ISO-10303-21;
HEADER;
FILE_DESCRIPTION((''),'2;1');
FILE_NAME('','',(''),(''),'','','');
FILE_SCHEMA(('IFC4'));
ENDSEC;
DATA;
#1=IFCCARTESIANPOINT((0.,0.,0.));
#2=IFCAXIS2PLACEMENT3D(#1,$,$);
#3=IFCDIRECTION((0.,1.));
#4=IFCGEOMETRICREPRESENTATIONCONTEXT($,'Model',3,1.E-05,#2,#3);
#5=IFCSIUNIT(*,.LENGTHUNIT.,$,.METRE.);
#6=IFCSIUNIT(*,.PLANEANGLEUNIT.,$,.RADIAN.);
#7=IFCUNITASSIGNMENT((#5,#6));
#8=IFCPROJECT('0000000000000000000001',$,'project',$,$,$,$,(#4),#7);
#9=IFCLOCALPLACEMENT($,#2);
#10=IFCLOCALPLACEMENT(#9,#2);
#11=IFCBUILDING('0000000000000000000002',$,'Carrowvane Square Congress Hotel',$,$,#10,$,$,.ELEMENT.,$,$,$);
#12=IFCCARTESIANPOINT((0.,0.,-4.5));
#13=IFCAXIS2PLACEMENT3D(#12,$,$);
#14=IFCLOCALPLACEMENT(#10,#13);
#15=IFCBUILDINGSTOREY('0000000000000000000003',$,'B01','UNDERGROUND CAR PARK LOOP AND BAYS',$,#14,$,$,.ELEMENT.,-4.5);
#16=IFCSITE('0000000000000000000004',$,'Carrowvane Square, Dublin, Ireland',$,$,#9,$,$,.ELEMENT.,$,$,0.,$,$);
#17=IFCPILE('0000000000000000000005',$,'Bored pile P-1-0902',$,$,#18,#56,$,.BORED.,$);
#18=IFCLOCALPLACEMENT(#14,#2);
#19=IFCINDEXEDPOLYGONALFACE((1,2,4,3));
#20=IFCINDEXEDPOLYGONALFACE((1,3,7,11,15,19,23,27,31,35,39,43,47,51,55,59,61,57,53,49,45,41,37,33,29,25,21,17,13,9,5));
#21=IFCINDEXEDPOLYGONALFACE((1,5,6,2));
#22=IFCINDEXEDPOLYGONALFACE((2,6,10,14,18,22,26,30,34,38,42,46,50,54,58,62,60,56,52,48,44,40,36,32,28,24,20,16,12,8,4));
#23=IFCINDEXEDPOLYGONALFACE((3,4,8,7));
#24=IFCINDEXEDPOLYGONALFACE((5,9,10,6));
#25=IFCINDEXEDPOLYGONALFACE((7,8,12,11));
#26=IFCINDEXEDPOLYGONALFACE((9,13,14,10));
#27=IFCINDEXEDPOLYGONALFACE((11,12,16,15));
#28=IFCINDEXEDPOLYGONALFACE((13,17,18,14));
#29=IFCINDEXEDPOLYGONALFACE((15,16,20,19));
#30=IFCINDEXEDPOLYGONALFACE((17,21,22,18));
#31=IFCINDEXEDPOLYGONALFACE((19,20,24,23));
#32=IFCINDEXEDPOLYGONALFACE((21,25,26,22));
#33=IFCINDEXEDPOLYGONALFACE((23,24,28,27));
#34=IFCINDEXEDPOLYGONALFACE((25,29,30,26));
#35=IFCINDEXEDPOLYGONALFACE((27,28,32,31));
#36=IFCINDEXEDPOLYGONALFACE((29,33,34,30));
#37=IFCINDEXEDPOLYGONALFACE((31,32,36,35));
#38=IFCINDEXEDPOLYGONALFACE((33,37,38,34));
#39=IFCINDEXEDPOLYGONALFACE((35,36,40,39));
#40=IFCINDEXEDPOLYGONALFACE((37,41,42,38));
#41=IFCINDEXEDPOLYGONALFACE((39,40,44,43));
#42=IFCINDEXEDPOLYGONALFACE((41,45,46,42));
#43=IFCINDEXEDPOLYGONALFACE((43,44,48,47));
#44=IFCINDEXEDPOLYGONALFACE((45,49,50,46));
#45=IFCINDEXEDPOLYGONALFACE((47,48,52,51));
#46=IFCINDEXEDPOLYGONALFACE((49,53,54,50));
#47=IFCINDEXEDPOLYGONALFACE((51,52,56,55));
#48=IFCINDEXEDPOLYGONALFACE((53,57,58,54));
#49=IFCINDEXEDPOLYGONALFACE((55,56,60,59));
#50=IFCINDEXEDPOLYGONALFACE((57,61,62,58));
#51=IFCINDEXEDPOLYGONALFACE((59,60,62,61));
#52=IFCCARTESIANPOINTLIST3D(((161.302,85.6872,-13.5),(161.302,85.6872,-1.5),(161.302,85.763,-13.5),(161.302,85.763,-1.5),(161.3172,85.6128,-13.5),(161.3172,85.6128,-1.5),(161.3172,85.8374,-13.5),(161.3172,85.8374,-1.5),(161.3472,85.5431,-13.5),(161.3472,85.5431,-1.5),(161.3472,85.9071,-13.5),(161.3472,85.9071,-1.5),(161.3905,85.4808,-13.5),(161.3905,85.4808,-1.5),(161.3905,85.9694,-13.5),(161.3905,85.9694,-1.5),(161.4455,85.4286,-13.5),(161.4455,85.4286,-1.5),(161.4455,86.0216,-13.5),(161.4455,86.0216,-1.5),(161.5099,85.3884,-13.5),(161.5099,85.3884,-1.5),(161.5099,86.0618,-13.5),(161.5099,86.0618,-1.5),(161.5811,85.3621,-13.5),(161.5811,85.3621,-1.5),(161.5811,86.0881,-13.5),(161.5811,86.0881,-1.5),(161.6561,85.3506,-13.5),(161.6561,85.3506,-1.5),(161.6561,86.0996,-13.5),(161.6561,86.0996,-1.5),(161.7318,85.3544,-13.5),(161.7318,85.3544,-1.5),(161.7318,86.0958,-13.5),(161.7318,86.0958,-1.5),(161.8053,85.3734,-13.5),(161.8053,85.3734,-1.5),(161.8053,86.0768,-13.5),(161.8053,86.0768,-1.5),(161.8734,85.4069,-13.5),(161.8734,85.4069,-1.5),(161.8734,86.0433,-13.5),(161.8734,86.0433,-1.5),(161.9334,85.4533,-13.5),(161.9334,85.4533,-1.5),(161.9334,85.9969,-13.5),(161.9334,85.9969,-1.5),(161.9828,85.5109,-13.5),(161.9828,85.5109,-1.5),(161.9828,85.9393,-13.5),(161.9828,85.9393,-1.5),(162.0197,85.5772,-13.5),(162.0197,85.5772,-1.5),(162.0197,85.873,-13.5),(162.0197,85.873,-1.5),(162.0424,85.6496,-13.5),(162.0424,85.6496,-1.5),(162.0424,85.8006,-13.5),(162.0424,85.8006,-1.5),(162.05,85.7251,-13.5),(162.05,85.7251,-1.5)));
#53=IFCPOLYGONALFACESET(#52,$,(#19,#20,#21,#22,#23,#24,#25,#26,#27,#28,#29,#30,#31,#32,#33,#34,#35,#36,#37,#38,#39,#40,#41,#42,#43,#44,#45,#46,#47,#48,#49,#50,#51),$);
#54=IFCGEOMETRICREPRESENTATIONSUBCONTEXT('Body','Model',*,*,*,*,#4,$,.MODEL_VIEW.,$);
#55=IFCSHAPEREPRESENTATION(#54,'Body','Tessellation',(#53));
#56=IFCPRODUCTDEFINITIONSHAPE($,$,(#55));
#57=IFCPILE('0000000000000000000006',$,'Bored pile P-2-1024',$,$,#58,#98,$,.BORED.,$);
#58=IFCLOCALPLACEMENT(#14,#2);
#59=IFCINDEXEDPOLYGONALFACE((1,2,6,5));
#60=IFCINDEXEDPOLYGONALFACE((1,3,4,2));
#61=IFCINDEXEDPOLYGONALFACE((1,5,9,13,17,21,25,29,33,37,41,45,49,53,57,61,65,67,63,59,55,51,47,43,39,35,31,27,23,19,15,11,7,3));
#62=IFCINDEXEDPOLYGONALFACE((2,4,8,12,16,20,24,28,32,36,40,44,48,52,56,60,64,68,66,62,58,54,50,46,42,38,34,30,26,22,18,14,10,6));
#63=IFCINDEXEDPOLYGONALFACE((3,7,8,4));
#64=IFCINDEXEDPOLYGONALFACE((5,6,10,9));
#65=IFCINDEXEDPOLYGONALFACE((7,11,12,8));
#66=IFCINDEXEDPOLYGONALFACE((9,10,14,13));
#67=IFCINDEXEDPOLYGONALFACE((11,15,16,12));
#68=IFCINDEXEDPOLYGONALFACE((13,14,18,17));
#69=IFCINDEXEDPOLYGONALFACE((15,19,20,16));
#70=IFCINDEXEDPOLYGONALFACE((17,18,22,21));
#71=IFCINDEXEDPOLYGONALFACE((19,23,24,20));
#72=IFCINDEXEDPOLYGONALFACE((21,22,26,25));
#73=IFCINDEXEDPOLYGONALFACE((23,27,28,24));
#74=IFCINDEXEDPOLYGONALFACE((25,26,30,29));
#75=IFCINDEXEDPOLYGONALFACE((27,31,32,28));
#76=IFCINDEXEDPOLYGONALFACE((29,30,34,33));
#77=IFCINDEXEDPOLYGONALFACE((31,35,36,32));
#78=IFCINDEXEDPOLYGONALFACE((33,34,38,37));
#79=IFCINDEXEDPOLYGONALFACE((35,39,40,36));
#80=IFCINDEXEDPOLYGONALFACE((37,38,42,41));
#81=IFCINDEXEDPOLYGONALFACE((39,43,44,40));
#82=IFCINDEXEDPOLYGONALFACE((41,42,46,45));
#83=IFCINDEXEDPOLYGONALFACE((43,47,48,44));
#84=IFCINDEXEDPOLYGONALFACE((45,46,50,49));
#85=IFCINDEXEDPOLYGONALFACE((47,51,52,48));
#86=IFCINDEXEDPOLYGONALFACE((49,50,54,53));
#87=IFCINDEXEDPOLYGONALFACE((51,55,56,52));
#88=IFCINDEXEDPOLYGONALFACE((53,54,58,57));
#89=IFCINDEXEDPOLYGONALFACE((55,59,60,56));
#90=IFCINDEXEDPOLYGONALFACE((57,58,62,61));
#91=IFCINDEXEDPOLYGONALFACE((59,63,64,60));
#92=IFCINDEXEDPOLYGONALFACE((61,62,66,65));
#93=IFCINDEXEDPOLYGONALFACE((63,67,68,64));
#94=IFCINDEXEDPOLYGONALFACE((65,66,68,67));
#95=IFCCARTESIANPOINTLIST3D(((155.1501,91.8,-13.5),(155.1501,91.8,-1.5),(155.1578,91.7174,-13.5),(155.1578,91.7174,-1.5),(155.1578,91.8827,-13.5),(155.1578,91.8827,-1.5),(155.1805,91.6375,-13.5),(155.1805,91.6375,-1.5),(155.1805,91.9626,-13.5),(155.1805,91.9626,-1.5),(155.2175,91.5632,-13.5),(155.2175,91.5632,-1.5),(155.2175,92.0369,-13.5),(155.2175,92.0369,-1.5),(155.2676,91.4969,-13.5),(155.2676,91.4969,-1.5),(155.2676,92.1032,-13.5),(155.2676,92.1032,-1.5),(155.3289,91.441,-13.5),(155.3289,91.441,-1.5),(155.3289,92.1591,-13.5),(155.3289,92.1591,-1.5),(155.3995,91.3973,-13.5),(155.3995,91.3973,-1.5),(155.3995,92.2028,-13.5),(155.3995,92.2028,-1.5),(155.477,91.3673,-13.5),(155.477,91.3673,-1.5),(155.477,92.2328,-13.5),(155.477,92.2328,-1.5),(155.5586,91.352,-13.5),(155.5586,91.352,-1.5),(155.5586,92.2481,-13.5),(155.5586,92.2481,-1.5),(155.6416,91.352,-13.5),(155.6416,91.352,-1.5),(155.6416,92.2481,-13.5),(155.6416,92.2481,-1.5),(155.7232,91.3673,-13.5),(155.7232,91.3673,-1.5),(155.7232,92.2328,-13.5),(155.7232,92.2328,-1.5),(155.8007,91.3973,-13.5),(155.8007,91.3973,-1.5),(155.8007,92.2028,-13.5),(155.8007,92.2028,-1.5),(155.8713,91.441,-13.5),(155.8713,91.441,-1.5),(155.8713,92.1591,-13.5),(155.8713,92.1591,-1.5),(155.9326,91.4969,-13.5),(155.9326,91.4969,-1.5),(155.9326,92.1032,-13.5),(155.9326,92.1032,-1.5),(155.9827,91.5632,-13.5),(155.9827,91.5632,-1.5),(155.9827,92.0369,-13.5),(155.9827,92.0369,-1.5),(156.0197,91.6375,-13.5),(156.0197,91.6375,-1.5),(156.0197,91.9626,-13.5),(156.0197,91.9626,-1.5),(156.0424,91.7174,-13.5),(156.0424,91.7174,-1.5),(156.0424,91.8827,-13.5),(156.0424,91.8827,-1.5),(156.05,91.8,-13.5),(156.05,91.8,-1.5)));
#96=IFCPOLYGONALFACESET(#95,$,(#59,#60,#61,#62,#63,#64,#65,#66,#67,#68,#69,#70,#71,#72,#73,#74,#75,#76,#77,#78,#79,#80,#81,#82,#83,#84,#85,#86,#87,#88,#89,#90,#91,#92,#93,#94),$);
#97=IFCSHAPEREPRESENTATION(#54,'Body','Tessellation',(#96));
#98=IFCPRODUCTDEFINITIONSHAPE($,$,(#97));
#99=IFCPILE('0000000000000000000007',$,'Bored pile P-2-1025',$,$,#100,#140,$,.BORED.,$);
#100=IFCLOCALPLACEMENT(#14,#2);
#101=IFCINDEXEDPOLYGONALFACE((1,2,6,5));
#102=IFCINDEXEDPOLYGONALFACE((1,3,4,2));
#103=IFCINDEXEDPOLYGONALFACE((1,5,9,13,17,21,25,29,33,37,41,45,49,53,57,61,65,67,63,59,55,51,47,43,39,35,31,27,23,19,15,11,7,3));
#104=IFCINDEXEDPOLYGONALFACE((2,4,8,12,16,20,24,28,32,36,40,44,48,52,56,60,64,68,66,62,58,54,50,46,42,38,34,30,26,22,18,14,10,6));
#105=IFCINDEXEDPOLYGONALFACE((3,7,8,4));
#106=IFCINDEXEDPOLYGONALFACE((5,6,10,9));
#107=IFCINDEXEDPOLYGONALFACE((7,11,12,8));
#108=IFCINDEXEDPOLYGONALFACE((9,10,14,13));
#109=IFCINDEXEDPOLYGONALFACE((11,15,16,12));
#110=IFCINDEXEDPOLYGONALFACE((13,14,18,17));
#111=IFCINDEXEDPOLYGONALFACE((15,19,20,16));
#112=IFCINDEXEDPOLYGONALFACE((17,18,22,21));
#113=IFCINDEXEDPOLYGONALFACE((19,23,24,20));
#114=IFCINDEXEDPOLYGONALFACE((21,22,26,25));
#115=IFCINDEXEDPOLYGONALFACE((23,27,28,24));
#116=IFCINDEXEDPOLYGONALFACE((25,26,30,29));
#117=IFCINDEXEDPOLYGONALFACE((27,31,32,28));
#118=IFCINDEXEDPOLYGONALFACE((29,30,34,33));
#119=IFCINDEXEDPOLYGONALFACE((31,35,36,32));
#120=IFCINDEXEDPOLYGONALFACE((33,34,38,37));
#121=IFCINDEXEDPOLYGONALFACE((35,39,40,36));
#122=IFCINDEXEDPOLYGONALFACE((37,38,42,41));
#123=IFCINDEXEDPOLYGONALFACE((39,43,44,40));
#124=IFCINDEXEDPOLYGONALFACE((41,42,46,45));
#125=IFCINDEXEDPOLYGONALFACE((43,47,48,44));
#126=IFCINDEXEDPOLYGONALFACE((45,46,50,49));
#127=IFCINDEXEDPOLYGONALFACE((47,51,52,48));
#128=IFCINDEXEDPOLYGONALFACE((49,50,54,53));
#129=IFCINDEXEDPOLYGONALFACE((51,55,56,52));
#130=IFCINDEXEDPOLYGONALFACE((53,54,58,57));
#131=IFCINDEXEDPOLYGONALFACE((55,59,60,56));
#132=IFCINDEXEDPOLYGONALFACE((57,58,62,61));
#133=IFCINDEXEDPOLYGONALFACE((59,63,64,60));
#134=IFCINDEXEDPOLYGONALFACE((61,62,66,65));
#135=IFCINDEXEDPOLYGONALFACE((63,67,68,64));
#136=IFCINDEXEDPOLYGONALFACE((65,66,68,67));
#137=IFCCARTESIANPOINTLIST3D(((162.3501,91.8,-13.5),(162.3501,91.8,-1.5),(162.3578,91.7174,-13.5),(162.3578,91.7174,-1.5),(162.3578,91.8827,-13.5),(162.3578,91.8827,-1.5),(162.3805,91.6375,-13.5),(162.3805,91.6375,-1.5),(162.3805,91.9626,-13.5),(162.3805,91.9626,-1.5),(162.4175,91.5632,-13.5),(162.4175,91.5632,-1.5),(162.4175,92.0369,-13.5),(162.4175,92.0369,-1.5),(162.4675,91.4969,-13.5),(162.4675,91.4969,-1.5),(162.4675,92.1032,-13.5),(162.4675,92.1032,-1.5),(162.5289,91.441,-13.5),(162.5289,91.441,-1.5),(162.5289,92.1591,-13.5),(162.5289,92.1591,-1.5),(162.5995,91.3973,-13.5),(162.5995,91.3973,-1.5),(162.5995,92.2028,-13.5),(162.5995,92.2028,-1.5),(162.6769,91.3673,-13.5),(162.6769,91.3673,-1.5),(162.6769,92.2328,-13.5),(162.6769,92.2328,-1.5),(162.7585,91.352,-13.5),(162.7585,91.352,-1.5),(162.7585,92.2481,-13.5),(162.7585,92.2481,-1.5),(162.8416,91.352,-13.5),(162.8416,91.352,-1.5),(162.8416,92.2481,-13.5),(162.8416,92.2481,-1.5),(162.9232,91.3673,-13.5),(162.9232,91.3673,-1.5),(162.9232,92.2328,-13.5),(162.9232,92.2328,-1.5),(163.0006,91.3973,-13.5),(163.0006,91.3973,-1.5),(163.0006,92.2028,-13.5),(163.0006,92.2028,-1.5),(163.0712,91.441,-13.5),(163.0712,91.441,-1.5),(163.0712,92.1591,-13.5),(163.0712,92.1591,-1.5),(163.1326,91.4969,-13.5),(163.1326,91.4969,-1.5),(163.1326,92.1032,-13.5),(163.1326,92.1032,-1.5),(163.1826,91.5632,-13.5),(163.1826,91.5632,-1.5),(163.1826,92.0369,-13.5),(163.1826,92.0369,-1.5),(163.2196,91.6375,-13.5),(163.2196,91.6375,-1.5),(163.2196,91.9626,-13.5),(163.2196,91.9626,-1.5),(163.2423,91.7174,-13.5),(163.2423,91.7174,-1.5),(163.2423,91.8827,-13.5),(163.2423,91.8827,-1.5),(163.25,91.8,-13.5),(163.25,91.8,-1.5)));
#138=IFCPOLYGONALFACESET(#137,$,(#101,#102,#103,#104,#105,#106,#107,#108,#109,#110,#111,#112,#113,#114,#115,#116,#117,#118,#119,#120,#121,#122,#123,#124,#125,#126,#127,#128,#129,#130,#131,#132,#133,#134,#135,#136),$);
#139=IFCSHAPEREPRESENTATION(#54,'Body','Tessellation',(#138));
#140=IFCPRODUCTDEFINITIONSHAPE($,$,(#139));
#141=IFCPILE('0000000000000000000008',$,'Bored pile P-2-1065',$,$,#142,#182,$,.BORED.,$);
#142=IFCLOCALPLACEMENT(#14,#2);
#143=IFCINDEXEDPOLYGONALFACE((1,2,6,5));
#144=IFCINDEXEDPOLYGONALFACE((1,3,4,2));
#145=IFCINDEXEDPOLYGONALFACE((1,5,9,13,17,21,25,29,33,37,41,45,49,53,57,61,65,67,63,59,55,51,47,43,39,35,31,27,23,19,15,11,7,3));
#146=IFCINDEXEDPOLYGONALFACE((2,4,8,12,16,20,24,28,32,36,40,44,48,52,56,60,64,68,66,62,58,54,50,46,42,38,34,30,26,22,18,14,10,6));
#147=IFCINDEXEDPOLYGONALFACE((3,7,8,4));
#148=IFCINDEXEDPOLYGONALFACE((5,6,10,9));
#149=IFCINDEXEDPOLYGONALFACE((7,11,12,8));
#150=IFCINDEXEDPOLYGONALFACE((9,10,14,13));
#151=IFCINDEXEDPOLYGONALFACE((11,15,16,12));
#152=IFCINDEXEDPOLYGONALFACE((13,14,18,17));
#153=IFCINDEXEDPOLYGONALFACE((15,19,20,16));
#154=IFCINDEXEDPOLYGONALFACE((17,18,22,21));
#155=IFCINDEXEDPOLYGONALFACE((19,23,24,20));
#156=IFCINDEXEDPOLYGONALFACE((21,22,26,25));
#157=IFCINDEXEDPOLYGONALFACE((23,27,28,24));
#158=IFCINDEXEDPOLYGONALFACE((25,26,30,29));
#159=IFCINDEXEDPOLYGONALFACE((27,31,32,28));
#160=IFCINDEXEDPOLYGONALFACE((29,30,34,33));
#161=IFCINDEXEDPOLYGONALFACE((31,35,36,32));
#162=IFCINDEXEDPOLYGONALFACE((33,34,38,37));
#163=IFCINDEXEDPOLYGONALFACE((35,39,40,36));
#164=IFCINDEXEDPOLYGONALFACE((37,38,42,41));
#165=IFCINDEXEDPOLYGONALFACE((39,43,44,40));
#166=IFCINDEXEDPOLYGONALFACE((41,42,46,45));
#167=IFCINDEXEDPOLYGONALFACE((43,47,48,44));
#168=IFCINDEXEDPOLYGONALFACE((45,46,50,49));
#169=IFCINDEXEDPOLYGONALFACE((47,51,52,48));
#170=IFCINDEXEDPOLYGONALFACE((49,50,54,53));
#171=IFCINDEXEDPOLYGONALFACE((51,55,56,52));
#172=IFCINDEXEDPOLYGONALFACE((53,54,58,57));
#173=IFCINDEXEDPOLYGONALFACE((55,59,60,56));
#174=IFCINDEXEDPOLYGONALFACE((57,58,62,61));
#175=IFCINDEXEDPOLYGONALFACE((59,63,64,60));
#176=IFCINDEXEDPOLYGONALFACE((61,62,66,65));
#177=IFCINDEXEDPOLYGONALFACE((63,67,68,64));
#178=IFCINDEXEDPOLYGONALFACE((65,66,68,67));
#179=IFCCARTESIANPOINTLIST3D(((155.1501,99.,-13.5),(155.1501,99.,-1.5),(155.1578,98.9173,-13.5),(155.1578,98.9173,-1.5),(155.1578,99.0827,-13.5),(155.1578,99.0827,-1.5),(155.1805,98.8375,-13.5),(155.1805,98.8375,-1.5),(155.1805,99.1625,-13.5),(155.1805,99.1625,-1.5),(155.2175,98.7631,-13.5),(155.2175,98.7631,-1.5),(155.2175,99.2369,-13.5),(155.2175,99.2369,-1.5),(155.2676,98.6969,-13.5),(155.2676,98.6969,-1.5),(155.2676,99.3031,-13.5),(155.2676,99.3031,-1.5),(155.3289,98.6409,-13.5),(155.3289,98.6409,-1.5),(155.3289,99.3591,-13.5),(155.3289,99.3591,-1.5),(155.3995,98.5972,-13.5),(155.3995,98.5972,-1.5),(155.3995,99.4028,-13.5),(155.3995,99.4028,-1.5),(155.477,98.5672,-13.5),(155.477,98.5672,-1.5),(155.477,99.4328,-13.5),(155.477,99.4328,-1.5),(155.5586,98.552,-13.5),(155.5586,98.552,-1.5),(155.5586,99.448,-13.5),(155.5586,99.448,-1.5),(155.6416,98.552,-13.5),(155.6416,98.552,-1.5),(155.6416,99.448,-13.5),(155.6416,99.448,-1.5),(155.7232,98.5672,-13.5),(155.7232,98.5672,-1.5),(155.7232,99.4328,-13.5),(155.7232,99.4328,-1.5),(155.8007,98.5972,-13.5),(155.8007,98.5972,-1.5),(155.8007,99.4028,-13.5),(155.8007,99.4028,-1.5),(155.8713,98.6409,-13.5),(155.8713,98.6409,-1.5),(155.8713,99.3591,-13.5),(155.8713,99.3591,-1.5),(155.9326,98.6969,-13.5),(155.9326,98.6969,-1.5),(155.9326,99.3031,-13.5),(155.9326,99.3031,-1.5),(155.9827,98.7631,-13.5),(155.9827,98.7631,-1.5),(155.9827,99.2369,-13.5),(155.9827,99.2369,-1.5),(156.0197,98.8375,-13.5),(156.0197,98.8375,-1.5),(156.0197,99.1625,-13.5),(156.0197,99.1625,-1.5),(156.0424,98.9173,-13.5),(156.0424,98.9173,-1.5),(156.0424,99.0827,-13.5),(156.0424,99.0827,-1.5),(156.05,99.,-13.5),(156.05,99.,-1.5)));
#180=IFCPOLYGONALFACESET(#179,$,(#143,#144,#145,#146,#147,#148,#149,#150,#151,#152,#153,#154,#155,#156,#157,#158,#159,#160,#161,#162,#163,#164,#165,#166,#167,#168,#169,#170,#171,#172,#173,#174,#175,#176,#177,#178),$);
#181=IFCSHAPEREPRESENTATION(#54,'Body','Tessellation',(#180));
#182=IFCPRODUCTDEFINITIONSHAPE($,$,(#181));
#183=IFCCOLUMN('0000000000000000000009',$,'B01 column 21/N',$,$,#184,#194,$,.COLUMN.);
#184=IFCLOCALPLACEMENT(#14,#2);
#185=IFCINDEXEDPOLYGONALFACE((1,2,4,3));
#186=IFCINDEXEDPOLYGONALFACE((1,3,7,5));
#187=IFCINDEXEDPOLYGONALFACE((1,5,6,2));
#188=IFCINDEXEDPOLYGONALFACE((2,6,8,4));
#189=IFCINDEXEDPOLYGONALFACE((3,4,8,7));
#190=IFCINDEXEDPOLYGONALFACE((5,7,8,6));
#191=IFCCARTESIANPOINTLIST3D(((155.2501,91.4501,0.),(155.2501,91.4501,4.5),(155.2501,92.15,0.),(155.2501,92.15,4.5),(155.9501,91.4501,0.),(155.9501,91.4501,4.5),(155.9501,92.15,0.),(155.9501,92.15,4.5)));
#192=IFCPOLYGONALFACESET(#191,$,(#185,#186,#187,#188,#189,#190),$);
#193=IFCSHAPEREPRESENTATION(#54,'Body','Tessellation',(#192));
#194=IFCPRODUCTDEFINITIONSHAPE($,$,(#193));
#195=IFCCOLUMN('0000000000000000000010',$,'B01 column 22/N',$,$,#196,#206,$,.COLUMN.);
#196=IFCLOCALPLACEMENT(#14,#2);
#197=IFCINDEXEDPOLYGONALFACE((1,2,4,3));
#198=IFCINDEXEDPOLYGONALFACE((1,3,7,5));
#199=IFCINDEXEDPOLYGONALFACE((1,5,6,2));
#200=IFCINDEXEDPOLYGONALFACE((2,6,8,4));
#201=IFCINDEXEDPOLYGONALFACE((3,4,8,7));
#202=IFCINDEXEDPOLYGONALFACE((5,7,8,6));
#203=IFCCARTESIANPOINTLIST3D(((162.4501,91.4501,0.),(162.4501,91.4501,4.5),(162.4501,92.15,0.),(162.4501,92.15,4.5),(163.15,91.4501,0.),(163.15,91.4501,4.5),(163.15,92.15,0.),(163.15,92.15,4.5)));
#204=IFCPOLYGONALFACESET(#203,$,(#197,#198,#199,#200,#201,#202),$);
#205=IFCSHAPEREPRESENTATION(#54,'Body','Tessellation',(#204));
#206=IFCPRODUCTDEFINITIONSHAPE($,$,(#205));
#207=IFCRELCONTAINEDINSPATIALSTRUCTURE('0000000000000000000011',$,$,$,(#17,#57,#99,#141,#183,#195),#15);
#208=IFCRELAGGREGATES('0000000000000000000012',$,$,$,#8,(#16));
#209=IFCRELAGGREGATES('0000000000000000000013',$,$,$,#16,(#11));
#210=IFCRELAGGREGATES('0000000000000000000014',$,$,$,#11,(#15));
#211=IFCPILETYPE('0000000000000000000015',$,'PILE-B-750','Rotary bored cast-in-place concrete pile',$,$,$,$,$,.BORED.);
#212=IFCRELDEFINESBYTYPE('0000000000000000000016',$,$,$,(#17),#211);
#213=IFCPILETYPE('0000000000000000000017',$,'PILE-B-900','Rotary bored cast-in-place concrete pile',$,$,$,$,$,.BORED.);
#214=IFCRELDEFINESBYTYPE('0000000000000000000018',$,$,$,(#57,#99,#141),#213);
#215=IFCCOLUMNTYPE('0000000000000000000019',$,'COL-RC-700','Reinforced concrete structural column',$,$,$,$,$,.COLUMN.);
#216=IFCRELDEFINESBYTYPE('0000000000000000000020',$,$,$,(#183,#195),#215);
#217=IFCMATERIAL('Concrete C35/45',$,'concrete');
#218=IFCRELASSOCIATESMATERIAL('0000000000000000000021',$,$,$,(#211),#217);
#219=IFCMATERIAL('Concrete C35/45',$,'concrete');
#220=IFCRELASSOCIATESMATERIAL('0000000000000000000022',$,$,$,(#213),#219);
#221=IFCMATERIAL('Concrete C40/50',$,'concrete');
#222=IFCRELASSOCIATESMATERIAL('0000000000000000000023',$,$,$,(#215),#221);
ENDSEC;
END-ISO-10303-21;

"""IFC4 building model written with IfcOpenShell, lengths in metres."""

from ifc_helpers import new_model, si_unit, direction, frame, origin, origin_2d, place, context, subcontext, project, spatial, rectangle, circle, extrude, material, material_profile, profile_set, type_object, element, save


model = new_model("IFC4")

# Units and contexts
model_context = context("Model", 3, precision=1e-05, world=origin(), true_north=direction((0.0, 1.0)))
body_context = subcontext(model_context, "Body", "Model", "MODEL_VIEW")
ifc_project = project(units=[si_unit("LENGTHUNIT", "METRE"), si_unit("PLANEANGLEUNIT", "RADIAN")], contexts=[model_context])

# Site, building, storey
site_placement = place(None, origin())
site = spatial("IfcSite", under=ifc_project, at=site_placement, Name="Carrowvane Square, Dublin, Ireland", CompositionType="ELEMENT", RefElevation=0.0)
building_placement = place(site_placement, origin())
building = spatial("IfcBuilding", under=site, at=building_placement, Name="Carrowvane Square Congress Hotel", CompositionType="ELEMENT")
storey_placement = place(building_placement, frame((0.0, 0.0, -4.5)))
storey = spatial("IfcBuildingStorey", under=building, at=storey_placement, Name="B01", Description="UNDERGROUND CAR PARK LOOP AND BAYS", CompositionType="ELEMENT", Elevation=-4.5)

# Piles
ifc_material_1 = material(Name="Concrete C35/45", Category="concrete")
ifc_material_profile_1 = material_profile(ifc_material_1, circle(Radius=0.375, at=origin_2d()), Name="PILE D750")
ifc_profile_set_1 = profile_set([ifc_material_profile_1], Name="Concrete C35/45")
pile_type_1 = type_object("IfcPileType", Name="PILE-B-750", Description="Rotary bored cast-in-place concrete pile", PredefinedType="BORED", material=ifc_profile_set_1)
for number, where, z_axis, x_axis, name in (
    (1, (161.675, 85.7251, -1.5), (0.0, 0.0, -1.0), (1.0, 0.0, 0.0), "Bored pile P-1-0902"),
):
    element("IfcPile", number, at=place(storey_placement, frame(where, z_axis=z_axis, x_axis=x_axis)), inside=storey, type_object=pile_type_1, Name=name, PredefinedType="BORED", context=body_context, shape_type="SweptSolid", body=[
        extrude(circle(Radius=0.375, at=origin_2d()), origin(), (0.0, 0.0, 1.0), 12.0),
    ])
ifc_material_2 = material(Name="Concrete C35/45", Category="concrete")
ifc_material_profile_2 = material_profile(ifc_material_2, circle(Radius=0.45, at=origin_2d()), Name="PILE D900")
ifc_profile_set_2 = profile_set([ifc_material_profile_2], Name="Concrete C35/45")
pile_type_2 = type_object("IfcPileType", Name="PILE-B-900", Description="Rotary bored cast-in-place concrete pile", PredefinedType="BORED", material=ifc_profile_set_2)
for number, where, z_axis, x_axis, name in (
    (2, (155.6001, 91.8, -1.5), (0.0, 0.0, -1.0), (1.0, 0.0, 0.0), "Bored pile P-2-1024"),
    (3, (162.8, 91.8, -1.5), (0.0, 0.0, -1.0), (1.0, 0.0, 0.0), "Bored pile P-2-1025"),
    (4, (155.6001, 99.0, -1.5), (0.0, 0.0, -1.0), (1.0, 0.0, 0.0), "Bored pile P-2-1065"),
):
    element("IfcPile", number, at=place(storey_placement, frame(where, z_axis=z_axis, x_axis=x_axis)), inside=storey, type_object=pile_type_2, Name=name, PredefinedType="BORED", context=body_context, shape_type="SweptSolid", body=[
        extrude(circle(Radius=0.45, at=origin_2d()), origin(), (0.0, 0.0, 1.0), 12.0),
    ])

# Columns
ifc_material_3 = material(Name="Concrete C40/50", Category="concrete")
ifc_material_profile_3 = material_profile(ifc_material_3, rectangle(XDim=0.7, YDim=0.7, at=origin_2d()), Name="RC 700x700")
ifc_profile_set_3 = profile_set([ifc_material_profile_3], Name="Concrete C40/50")
column_type_1 = type_object("IfcColumnType", Name="COL-RC-700", Description="Reinforced concrete structural column", PredefinedType="COLUMN", material=ifc_profile_set_3)
for number, where, z_axis, x_axis, name in (
    (5, (155.6001, 91.8, 0.0), (0.0, 0.0, 1.0), (1.0, 0.0, 0.0), "B01 column 21/N"),
    (6, (162.8, 91.8, 0.0), (0.0, 0.0, 1.0), (1.0, 0.0, 0.0), "B01 column 22/N"),
):
    element("IfcColumn", number, at=place(storey_placement, frame(where, z_axis=z_axis, x_axis=x_axis)), inside=storey, type_object=column_type_1, Name=name, PredefinedType="COLUMN", context=body_context, shape_type="SweptSolid", body=[
        extrude(rectangle(XDim=0.7, YDim=0.7, at=origin_2d()), origin(), (0.0, 0.0, 1.0), 4.5),
    ])

save(model, "model.ifc")
